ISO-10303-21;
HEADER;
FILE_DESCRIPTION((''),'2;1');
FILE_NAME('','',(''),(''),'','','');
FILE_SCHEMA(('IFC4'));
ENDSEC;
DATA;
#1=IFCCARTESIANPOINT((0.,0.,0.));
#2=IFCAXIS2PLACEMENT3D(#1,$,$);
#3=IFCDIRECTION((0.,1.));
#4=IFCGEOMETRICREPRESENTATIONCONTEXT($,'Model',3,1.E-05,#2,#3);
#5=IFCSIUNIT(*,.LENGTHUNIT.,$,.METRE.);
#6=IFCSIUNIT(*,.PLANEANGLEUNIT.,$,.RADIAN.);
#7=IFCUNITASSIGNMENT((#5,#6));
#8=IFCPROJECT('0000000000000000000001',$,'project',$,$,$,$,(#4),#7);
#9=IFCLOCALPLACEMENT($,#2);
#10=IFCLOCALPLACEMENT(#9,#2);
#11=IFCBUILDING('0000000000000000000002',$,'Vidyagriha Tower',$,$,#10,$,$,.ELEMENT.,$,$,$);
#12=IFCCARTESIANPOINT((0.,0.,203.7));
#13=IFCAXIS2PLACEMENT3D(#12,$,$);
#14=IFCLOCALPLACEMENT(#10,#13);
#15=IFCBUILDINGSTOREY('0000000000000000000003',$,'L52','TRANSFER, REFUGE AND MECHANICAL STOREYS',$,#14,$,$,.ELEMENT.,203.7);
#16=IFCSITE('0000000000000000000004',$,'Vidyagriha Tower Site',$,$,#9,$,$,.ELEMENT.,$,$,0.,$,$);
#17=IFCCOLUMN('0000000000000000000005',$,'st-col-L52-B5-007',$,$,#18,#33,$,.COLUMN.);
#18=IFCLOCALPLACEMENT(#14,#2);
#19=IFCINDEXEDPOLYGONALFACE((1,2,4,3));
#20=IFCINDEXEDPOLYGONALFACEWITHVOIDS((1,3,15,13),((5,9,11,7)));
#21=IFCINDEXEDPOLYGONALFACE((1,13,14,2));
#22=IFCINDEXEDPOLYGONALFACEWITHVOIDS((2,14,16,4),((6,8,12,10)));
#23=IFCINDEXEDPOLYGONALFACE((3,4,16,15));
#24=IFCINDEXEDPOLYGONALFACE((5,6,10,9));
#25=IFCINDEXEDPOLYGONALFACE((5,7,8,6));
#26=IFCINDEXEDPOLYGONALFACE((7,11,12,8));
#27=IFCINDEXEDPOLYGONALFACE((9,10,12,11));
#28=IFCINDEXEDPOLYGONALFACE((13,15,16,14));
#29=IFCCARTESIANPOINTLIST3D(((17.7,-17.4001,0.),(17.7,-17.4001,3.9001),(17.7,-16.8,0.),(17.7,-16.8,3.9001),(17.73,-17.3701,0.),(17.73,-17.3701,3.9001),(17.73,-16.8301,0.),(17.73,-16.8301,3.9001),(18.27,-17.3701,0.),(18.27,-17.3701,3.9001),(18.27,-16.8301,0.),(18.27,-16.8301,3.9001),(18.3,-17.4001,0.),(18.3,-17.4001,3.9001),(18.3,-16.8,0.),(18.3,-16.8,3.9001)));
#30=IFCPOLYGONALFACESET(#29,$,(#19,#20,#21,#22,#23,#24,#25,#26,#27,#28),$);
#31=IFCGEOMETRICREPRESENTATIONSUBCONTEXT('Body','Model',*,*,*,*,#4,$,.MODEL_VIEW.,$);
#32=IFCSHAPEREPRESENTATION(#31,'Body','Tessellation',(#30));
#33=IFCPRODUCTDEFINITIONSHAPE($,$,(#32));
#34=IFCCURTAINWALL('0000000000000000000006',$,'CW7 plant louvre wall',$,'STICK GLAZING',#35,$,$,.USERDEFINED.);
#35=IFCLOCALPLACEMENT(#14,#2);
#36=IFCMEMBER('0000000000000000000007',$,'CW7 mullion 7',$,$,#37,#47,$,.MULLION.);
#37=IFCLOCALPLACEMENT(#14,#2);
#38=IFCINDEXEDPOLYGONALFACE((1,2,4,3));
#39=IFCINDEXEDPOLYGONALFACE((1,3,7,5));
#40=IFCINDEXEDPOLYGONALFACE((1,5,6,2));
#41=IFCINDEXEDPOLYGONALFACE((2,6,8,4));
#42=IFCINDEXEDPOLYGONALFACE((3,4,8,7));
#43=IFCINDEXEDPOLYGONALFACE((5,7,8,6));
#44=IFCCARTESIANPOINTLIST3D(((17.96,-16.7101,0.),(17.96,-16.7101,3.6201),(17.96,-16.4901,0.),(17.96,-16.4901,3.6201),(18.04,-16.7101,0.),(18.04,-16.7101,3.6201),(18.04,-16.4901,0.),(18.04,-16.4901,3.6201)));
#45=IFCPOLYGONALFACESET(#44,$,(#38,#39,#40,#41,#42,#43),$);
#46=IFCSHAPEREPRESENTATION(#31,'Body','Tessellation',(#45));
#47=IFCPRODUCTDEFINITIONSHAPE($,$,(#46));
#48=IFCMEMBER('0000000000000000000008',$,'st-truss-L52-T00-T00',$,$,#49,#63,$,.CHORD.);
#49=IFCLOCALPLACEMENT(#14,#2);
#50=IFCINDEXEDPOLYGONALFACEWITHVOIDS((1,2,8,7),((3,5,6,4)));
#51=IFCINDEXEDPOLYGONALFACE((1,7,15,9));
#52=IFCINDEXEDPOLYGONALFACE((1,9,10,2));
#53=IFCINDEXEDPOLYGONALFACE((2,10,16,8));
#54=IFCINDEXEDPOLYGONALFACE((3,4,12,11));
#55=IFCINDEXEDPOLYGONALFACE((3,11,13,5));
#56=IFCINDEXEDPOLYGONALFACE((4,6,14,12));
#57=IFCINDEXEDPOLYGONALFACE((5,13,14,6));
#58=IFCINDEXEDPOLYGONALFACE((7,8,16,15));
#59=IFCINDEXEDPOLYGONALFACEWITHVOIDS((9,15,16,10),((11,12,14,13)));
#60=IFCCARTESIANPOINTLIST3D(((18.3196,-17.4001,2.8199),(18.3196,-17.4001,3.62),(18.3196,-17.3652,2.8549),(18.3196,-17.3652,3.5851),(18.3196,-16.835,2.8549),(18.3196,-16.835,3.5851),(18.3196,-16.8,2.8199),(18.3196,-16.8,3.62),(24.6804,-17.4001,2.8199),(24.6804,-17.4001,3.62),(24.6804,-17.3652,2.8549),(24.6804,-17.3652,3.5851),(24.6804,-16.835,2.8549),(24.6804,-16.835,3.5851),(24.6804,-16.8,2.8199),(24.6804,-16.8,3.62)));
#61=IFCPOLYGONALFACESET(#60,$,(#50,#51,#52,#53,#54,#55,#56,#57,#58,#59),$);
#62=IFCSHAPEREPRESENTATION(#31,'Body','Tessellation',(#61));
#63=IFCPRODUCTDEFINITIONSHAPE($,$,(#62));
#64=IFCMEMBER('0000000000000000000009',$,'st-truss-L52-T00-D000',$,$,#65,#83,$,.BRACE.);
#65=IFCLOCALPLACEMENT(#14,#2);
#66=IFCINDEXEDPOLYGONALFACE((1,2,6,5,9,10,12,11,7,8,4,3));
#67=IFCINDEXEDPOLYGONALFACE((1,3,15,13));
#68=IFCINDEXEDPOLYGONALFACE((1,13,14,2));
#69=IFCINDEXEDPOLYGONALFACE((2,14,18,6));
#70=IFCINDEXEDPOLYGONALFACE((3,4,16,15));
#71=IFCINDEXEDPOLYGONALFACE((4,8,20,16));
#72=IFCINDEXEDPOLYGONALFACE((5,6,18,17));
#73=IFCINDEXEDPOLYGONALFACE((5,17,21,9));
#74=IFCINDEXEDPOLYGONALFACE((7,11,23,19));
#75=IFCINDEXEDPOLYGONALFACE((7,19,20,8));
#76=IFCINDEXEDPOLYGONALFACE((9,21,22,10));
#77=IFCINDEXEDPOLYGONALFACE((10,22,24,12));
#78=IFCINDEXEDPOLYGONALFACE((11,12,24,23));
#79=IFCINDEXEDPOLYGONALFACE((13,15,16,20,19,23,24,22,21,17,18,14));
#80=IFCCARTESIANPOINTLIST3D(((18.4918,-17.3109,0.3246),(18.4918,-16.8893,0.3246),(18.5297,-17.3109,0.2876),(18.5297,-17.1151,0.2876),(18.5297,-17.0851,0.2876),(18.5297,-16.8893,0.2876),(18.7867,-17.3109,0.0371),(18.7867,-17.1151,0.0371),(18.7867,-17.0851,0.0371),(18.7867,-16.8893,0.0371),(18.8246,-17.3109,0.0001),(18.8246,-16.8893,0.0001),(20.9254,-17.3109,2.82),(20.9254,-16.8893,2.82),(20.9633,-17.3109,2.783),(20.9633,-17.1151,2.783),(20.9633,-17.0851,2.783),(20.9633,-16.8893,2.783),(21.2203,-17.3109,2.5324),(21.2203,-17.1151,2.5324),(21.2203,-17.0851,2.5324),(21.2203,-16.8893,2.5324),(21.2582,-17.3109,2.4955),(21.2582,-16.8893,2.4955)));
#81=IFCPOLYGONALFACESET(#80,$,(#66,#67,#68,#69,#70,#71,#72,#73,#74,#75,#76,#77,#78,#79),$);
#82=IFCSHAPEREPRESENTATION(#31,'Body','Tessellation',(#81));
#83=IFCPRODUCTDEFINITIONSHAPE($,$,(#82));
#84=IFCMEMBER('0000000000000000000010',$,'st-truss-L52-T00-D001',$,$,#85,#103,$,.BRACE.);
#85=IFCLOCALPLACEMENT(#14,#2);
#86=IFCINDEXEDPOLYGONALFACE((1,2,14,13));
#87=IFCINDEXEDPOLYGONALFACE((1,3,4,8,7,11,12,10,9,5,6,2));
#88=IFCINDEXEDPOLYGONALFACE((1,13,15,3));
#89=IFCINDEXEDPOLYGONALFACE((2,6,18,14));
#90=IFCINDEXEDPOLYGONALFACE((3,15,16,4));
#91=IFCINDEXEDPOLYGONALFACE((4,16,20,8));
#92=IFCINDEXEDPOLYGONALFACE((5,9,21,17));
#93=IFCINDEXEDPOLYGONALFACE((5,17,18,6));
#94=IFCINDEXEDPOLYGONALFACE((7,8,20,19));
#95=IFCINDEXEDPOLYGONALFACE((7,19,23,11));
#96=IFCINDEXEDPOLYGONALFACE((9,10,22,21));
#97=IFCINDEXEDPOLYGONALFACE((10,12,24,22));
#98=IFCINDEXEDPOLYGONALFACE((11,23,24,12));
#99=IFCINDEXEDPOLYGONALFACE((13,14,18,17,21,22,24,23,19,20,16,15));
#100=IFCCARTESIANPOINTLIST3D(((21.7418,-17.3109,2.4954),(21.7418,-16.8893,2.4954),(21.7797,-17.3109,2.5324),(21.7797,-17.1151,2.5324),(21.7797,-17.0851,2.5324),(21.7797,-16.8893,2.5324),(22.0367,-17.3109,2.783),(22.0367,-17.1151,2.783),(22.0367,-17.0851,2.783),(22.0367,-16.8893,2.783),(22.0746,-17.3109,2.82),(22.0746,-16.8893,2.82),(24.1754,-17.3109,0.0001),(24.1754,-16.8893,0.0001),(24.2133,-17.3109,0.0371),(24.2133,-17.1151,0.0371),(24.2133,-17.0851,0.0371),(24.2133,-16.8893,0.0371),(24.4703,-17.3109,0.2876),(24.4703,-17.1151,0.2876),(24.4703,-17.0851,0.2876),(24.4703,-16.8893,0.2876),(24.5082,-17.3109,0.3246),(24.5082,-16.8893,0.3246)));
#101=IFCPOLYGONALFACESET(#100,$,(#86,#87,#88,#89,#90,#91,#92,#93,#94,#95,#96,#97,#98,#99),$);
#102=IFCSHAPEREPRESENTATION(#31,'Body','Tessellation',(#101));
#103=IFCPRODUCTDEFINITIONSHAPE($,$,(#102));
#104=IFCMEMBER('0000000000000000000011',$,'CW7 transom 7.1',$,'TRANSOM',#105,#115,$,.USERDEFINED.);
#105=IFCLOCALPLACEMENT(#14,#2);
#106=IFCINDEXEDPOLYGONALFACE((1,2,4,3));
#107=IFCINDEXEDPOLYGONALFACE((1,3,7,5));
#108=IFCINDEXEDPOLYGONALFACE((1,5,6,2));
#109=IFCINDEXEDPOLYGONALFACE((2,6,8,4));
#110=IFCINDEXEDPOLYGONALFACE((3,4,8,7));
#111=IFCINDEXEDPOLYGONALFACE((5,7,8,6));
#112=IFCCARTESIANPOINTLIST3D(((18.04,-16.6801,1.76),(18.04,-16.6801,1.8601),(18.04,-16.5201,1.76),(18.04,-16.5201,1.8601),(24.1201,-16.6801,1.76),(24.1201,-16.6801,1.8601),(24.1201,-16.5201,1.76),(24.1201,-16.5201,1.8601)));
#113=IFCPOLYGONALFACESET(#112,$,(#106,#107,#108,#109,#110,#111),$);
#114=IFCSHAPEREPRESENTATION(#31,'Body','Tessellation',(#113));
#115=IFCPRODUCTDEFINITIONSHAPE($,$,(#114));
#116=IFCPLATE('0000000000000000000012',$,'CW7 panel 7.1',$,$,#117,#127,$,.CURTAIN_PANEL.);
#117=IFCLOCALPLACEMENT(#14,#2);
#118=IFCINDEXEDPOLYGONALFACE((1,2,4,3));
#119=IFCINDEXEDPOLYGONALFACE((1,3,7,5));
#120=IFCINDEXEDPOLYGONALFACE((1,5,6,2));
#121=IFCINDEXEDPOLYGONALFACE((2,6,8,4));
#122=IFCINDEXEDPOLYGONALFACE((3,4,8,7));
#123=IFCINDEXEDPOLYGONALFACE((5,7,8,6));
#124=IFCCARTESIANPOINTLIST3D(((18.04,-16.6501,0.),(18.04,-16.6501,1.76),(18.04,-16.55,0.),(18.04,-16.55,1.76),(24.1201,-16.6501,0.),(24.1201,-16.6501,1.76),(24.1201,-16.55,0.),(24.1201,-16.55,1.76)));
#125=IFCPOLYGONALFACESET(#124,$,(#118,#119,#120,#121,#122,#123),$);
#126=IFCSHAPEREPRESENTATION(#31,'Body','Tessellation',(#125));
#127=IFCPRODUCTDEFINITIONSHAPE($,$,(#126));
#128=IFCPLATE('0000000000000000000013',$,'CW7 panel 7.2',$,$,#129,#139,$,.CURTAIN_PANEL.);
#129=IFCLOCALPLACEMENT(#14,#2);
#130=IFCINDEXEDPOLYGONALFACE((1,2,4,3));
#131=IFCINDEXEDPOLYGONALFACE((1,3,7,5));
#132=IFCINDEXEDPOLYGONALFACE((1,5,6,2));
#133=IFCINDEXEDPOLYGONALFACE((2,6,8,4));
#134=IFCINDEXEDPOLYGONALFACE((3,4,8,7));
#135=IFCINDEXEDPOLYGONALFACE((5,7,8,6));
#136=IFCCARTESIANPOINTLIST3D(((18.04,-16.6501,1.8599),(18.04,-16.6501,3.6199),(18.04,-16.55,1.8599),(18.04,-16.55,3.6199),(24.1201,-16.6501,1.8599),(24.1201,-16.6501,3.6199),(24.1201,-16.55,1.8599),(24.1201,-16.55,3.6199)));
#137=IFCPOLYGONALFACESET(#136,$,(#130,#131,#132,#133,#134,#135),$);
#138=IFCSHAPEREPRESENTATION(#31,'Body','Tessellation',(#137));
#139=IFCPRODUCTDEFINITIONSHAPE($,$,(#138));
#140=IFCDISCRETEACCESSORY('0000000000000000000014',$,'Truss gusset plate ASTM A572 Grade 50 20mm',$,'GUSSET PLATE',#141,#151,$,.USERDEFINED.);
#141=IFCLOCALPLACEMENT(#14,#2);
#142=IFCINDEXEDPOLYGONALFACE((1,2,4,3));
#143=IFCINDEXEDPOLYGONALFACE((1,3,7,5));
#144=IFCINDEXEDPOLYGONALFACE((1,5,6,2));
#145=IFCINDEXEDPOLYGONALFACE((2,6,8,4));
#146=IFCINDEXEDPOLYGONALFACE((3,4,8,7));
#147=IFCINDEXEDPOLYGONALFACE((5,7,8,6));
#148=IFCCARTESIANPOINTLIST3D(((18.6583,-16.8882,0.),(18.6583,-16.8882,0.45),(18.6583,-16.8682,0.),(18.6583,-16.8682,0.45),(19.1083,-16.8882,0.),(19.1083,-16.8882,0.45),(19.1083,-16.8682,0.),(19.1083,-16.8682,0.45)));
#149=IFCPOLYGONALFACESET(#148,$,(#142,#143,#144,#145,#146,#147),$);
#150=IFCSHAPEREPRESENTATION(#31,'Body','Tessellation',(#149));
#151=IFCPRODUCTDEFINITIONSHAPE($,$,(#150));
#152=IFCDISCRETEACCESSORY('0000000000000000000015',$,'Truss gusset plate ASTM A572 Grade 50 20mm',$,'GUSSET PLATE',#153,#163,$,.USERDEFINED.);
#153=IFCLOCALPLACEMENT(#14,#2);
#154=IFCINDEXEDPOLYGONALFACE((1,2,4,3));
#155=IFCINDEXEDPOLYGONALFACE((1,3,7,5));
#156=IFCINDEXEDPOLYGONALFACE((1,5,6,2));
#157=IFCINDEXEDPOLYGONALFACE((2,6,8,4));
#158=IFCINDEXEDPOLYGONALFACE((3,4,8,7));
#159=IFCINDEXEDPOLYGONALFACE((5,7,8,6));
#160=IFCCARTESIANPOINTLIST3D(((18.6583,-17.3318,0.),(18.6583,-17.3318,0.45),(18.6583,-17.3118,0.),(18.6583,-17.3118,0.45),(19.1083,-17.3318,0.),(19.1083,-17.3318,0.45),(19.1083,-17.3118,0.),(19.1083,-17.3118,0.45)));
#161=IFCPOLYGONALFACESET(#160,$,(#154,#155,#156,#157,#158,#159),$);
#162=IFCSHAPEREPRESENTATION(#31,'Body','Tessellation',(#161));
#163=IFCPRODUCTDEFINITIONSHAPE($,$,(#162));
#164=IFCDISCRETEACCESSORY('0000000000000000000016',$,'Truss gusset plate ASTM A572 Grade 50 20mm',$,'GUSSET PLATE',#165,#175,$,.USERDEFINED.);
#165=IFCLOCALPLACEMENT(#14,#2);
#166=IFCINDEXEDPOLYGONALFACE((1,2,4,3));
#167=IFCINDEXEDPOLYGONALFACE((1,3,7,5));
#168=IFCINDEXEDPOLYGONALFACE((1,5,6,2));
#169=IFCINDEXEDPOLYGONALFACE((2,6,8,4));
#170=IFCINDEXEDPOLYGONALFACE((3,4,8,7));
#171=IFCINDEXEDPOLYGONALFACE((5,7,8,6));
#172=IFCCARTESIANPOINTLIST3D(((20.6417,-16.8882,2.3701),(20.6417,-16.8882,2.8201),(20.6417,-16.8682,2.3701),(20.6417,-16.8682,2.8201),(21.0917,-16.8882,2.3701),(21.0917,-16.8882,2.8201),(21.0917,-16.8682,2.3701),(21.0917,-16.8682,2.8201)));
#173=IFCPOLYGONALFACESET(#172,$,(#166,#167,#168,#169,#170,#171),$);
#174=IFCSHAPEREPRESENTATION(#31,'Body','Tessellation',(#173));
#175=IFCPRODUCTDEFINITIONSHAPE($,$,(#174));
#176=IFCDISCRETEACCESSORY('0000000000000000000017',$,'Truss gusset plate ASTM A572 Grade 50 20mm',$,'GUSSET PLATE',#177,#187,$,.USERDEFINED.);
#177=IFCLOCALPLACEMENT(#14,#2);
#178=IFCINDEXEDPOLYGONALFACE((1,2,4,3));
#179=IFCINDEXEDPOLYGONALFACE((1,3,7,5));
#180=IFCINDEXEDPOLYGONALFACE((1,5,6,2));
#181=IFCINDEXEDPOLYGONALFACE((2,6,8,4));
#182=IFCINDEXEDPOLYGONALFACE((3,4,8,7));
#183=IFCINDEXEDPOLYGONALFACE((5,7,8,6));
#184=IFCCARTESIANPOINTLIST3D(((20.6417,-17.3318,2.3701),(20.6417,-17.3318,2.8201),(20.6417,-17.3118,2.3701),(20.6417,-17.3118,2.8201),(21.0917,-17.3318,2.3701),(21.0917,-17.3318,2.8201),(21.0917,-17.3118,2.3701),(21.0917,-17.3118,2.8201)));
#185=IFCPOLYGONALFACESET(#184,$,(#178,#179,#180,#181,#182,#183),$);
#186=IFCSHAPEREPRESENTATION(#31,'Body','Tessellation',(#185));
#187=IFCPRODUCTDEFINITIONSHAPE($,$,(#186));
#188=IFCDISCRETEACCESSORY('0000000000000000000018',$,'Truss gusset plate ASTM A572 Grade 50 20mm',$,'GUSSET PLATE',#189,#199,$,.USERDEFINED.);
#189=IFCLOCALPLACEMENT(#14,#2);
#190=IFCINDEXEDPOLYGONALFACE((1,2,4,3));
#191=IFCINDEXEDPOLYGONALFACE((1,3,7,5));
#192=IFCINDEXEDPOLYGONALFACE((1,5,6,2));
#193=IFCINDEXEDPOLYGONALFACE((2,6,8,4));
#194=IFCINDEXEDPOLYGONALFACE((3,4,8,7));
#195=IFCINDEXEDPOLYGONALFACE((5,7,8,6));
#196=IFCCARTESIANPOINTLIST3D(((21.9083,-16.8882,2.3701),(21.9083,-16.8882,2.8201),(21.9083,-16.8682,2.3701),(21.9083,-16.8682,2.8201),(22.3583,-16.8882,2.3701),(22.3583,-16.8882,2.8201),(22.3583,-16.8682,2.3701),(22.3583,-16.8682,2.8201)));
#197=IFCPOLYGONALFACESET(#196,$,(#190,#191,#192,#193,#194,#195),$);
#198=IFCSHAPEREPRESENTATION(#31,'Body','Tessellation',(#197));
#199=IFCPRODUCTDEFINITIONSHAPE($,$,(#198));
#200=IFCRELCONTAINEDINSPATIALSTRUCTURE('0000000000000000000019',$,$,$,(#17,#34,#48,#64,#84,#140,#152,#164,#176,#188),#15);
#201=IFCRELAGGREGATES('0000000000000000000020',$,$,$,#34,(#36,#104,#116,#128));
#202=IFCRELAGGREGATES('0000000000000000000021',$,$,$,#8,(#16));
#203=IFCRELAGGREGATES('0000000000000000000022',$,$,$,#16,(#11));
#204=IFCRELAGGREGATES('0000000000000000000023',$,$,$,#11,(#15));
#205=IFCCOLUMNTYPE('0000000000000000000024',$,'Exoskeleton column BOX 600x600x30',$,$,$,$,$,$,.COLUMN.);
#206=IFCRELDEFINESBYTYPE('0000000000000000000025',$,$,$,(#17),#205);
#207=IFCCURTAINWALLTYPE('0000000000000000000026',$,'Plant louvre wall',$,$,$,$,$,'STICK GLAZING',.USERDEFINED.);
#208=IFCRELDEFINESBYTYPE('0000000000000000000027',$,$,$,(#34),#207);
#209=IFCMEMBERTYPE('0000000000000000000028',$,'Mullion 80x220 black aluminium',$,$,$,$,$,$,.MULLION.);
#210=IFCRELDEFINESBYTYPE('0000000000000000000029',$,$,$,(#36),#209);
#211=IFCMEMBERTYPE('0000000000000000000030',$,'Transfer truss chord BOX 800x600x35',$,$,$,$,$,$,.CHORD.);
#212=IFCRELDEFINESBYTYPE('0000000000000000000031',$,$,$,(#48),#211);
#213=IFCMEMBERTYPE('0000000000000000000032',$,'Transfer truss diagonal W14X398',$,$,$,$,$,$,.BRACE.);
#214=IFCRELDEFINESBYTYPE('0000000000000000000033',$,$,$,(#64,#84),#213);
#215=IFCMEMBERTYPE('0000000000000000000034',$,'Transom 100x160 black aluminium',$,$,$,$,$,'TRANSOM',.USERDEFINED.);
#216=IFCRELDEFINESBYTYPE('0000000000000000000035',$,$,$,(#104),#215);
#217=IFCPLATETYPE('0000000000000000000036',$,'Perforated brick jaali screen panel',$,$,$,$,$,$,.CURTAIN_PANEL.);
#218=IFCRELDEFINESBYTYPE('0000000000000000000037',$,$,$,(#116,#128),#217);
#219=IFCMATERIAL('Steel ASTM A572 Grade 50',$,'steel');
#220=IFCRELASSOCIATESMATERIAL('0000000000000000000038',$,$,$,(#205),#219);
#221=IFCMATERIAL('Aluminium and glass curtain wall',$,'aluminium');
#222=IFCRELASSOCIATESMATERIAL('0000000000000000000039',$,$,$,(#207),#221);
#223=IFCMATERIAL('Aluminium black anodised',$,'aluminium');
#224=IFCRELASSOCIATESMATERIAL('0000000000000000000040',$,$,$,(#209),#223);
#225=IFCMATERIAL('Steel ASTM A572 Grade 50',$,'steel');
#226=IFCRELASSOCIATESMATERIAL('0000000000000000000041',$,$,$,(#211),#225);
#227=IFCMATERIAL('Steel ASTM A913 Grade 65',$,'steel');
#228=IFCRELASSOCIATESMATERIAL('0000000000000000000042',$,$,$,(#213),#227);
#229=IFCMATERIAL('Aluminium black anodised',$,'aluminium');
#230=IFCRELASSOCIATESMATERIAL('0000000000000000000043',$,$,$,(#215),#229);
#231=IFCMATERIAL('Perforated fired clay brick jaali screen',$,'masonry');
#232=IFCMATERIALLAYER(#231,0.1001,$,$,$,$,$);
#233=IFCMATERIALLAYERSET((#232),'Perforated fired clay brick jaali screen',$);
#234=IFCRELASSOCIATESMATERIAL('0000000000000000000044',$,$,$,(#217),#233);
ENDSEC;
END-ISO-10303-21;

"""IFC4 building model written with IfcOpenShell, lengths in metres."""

from ifc_helpers import new_model, si_unit, direction, frame, origin, origin_2d, place, context, subcontext, project, spatial, rectangle, hollow_rectangle, i_section, extrude, material, layer, layer_set, material_profile, profile_set, type_object, element, aggregate, save


model = new_model("IFC4")

# Units and contexts
model_context = context("Model", 3, precision=1e-05, world=origin(), true_north=direction((0.0, 1.0)))
body_context = subcontext(model_context, "Body", "Model", "MODEL_VIEW")
ifc_project = project(units=[si_unit("LENGTHUNIT", "METRE"), si_unit("PLANEANGLEUNIT", "RADIAN")], contexts=[model_context])

# Site, building, storey
site_placement = place(None, origin())
site = spatial("IfcSite", under=ifc_project, at=site_placement, Name="Vidyagriha Tower Site", CompositionType="ELEMENT", RefElevation=0.0)
building_placement = place(site_placement, origin())
building = spatial("IfcBuilding", under=site, at=building_placement, Name="Vidyagriha Tower", CompositionType="ELEMENT")
storey_placement = place(building_placement, frame((0.0, 0.0, 203.7)))
storey = spatial("IfcBuildingStorey", under=building, at=storey_placement, Name="L52", Description="TRANSFER, REFUGE AND MECHANICAL STOREYS", CompositionType="ELEMENT", Elevation=203.7)

# Column
ifc_material_1 = material(Name="Steel ASTM A572 Grade 50", Category="steel")
ifc_material_profile_1 = material_profile(ifc_material_1, hollow_rectangle(XDim=0.6001, YDim=0.6001, WallThickness=0.03, at=origin_2d()), Name="BOX 600x600x30")
ifc_profile_set_1 = profile_set([ifc_material_profile_1], Name="Steel ASTM A572 Grade 50")
column_type = type_object("IfcColumnType", Name="Exoskeleton column BOX 600x600x30", PredefinedType="COLUMN", material=ifc_profile_set_1)
column_placement = place(storey_placement, frame((18.0, -17.1001, 0.0)))
element("IfcColumn", 1, at=column_placement, inside=storey, type_object=column_type, Name="st-col-L52-B5-007", PredefinedType="COLUMN", context=body_context, shape_type="SweptSolid", body=[
    extrude(hollow_rectangle(XDim=0.6001, YDim=0.6001, WallThickness=0.03, at=origin_2d()), origin(), (0.0, 0.0, 1.0), 3.9001),
])

# Curtain wall, member
ifc_material_2 = material(Name="Aluminium and glass curtain wall", Category="aluminium")
curtain_wall_type = type_object("IfcCurtainWallType", Name="Plant louvre wall", ElementType="STICK GLAZING", PredefinedType="USERDEFINED", material=ifc_material_2)
curtain_wall_placement = place(storey_placement, origin())
curtain_wall = element("IfcCurtainWall", 2, at=curtain_wall_placement, inside=storey, type_object=curtain_wall_type, Name="CW7 plant louvre wall", ObjectType="STICK GLAZING", PredefinedType="USERDEFINED")
ifc_material_3 = material(Name="Aluminium black anodised", Category="aluminium")
ifc_material_profile_2 = material_profile(ifc_material_3, rectangle(XDim=0.22, YDim=0.0801, at=origin_2d()), Name="Mullion 80x220 black aluminium")
ifc_profile_set_2 = profile_set([ifc_material_profile_2], Name="Aluminium black anodised")
member_type_1 = type_object("IfcMemberType", Name="Mullion 80x220 black aluminium", PredefinedType="MULLION", material=ifc_profile_set_2)
member_1_placement = place(storey_placement, frame((18.0, -16.6001, 0.0), z_axis=(0.0, 0.0, 1.0), x_axis=(0.0, 1.0, 0.0)))
member_1 = element("IfcMember", 3, at=member_1_placement, type_object=member_type_1, Name="CW7 mullion 7", PredefinedType="MULLION", context=body_context, shape_type="SweptSolid", body=[
    extrude(rectangle(XDim=0.22, YDim=0.0801, at=origin_2d()), origin(), (0.0, 0.0, 1.0), 3.6201),
])

# Members
ifc_material_4 = material(Name="Steel ASTM A572 Grade 50", Category="steel")
ifc_material_profile_3 = material_profile(ifc_material_4, hollow_rectangle(XDim=0.6001, YDim=0.8, WallThickness=0.0349, at=origin_2d()), Name="BOX 800x600x35")
ifc_profile_set_3 = profile_set([ifc_material_profile_3], Name="Steel ASTM A572 Grade 50")
member_type_2 = type_object("IfcMemberType", Name="Transfer truss chord BOX 800x600x35", PredefinedType="CHORD", material=ifc_profile_set_3)
member_2_placement = place(storey_placement, frame((18.3196, -17.1001, 3.22), z_axis=(1.0, 0.0, 0.0), x_axis=(0.0, 1.0, 0.0)))
element("IfcMember", 4, at=member_2_placement, inside=storey, type_object=member_type_2, Name="st-truss-L52-T00-T00", PredefinedType="CHORD", context=body_context, shape_type="SweptSolid", body=[
    extrude(hollow_rectangle(XDim=0.6001, YDim=0.8, WallThickness=0.0349, at=origin_2d()), origin(), (0.0, 0.0, 1.0), 6.3608),
])
ifc_material_5 = material(Name="Steel ASTM A913 Grade 65", Category="steel")
ifc_material_profile_4 = material_profile(ifc_material_5, i_section(OverallWidth=0.4216, OverallDepth=0.4648, WebThickness=0.03, FlangeThickness=0.053, at=origin_2d()), Name="W14X398")
ifc_profile_set_4 = profile_set([ifc_material_profile_4], Name="Steel ASTM A913 Grade 65")
member_type_3 = type_object("IfcMemberType", Name="Transfer truss diagonal W14X398", PredefinedType="BRACE", material=ifc_profile_set_4)
for number, where, z_axis, x_axis, name in (
    (5, (18.6582, -17.1001, 0.1624), (0.698191, 0.0, 0.715912), (0.0, 1.0, 0.0), "st-truss-L52-T00-D000"),
    (6, (21.9082, -17.1001, 2.6577), (0.698191, 0.0, -0.715912), (0.0, 1.0, 0.0), "st-truss-L52-T00-D001"),
):
    element("IfcMember", number, at=place(storey_placement, frame(where, z_axis=z_axis, x_axis=x_axis)), inside=storey, type_object=member_type_3, Name=name, PredefinedType="BRACE", context=body_context, shape_type="SweptSolid", body=[
        extrude(i_section(OverallWidth=0.4216, OverallDepth=0.4648, WebThickness=0.03, FlangeThickness=0.053, at=origin_2d()), origin(), (0.0, 0.0, 1.0), 3.4856),
    ])

# Member
ifc_material_6 = material(Name="Aluminium black anodised", Category="aluminium")
ifc_material_profile_5 = material_profile(ifc_material_6, rectangle(XDim=0.1599, YDim=0.1001, at=origin_2d()), Name="Transom 100x160 black aluminium")
ifc_profile_set_5 = profile_set([ifc_material_profile_5], Name="Aluminium black anodised")
member_type_4 = type_object("IfcMemberType", Name="Transom 100x160 black aluminium", ElementType="TRANSOM", PredefinedType="USERDEFINED", material=ifc_profile_set_5)
member_3_placement = place(storey_placement, frame((18.04, -16.6001, 1.8101), z_axis=(1.0, 0.0, 0.0), x_axis=(0.0, 1.0, 0.0)))
member_3 = element("IfcMember", 7, at=member_3_placement, type_object=member_type_4, Name="CW7 transom 7.1", ObjectType="TRANSOM", PredefinedType="USERDEFINED", context=body_context, shape_type="SweptSolid", body=[
    extrude(rectangle(XDim=0.1599, YDim=0.1001, at=origin_2d()), origin(), (0.0, 0.0, 1.0), 6.0801),
])

# Plates
ifc_material_7 = material(Name="Perforated fired clay brick jaali screen", Category="masonry")
ifc_layer = layer(ifc_material_7, 0.1001)
ifc_layer_set = layer_set([ifc_layer], Name="Perforated fired clay brick jaali screen")
plate_type = type_object("IfcPlateType", Name="Perforated brick jaali screen panel", PredefinedType="CURTAIN_PANEL", material=ifc_layer_set)
plate_1_placement = place(storey_placement, frame((21.0801, -16.6001, 0.0)))
plate_1 = element("IfcPlate", 8, at=plate_1_placement, type_object=plate_type, Name="CW7 panel 7.1", PredefinedType="CURTAIN_PANEL", context=body_context, shape_type="SweptSolid", body=[
    extrude(rectangle(XDim=6.0801, YDim=0.1001, at=origin_2d()), origin(), (0.0, 0.0, 1.0), 1.76),
])
plate_2_placement = place(storey_placement, frame((21.0801, -16.6001, 1.8599)))
plate_2 = element("IfcPlate", 9, at=plate_2_placement, type_object=plate_type, Name="CW7 panel 7.2", PredefinedType="CURTAIN_PANEL", context=body_context, shape_type="SweptSolid", body=[
    extrude(rectangle(XDim=6.0801, YDim=0.1001, at=origin_2d()), origin(), (0.0, 0.0, 1.0), 1.76),
])
aggregate(curtain_wall, [member_1, member_3, plate_1, plate_2])

# Discrete accessories
for number, where, name in (
    (10, (18.8833, -16.8782, 0.0), "Truss gusset plate ASTM A572 Grade 50 20mm"),
    (11, (18.8833, -17.3218, 0.0), "Truss gusset plate ASTM A572 Grade 50 20mm"),
    (12, (20.8667, -16.8782, 2.3701), "Truss gusset plate ASTM A572 Grade 50 20mm"),
    (13, (20.8667, -17.3218, 2.3701), "Truss gusset plate ASTM A572 Grade 50 20mm"),
    (14, (22.1333, -16.8782, 2.3701), "Truss gusset plate ASTM A572 Grade 50 20mm"),
):
    element("IfcDiscreteAccessory", number, at=place(storey_placement, frame(where)), inside=storey, Name=name, ObjectType="GUSSET PLATE", PredefinedType="USERDEFINED", context=body_context, shape_type="SweptSolid", body=[
        extrude(rectangle(XDim=0.45, YDim=0.02, at=origin_2d()), origin(), (0.0, 0.0, 1.0), 0.45),
    ])

save(model, "model.ifc")
